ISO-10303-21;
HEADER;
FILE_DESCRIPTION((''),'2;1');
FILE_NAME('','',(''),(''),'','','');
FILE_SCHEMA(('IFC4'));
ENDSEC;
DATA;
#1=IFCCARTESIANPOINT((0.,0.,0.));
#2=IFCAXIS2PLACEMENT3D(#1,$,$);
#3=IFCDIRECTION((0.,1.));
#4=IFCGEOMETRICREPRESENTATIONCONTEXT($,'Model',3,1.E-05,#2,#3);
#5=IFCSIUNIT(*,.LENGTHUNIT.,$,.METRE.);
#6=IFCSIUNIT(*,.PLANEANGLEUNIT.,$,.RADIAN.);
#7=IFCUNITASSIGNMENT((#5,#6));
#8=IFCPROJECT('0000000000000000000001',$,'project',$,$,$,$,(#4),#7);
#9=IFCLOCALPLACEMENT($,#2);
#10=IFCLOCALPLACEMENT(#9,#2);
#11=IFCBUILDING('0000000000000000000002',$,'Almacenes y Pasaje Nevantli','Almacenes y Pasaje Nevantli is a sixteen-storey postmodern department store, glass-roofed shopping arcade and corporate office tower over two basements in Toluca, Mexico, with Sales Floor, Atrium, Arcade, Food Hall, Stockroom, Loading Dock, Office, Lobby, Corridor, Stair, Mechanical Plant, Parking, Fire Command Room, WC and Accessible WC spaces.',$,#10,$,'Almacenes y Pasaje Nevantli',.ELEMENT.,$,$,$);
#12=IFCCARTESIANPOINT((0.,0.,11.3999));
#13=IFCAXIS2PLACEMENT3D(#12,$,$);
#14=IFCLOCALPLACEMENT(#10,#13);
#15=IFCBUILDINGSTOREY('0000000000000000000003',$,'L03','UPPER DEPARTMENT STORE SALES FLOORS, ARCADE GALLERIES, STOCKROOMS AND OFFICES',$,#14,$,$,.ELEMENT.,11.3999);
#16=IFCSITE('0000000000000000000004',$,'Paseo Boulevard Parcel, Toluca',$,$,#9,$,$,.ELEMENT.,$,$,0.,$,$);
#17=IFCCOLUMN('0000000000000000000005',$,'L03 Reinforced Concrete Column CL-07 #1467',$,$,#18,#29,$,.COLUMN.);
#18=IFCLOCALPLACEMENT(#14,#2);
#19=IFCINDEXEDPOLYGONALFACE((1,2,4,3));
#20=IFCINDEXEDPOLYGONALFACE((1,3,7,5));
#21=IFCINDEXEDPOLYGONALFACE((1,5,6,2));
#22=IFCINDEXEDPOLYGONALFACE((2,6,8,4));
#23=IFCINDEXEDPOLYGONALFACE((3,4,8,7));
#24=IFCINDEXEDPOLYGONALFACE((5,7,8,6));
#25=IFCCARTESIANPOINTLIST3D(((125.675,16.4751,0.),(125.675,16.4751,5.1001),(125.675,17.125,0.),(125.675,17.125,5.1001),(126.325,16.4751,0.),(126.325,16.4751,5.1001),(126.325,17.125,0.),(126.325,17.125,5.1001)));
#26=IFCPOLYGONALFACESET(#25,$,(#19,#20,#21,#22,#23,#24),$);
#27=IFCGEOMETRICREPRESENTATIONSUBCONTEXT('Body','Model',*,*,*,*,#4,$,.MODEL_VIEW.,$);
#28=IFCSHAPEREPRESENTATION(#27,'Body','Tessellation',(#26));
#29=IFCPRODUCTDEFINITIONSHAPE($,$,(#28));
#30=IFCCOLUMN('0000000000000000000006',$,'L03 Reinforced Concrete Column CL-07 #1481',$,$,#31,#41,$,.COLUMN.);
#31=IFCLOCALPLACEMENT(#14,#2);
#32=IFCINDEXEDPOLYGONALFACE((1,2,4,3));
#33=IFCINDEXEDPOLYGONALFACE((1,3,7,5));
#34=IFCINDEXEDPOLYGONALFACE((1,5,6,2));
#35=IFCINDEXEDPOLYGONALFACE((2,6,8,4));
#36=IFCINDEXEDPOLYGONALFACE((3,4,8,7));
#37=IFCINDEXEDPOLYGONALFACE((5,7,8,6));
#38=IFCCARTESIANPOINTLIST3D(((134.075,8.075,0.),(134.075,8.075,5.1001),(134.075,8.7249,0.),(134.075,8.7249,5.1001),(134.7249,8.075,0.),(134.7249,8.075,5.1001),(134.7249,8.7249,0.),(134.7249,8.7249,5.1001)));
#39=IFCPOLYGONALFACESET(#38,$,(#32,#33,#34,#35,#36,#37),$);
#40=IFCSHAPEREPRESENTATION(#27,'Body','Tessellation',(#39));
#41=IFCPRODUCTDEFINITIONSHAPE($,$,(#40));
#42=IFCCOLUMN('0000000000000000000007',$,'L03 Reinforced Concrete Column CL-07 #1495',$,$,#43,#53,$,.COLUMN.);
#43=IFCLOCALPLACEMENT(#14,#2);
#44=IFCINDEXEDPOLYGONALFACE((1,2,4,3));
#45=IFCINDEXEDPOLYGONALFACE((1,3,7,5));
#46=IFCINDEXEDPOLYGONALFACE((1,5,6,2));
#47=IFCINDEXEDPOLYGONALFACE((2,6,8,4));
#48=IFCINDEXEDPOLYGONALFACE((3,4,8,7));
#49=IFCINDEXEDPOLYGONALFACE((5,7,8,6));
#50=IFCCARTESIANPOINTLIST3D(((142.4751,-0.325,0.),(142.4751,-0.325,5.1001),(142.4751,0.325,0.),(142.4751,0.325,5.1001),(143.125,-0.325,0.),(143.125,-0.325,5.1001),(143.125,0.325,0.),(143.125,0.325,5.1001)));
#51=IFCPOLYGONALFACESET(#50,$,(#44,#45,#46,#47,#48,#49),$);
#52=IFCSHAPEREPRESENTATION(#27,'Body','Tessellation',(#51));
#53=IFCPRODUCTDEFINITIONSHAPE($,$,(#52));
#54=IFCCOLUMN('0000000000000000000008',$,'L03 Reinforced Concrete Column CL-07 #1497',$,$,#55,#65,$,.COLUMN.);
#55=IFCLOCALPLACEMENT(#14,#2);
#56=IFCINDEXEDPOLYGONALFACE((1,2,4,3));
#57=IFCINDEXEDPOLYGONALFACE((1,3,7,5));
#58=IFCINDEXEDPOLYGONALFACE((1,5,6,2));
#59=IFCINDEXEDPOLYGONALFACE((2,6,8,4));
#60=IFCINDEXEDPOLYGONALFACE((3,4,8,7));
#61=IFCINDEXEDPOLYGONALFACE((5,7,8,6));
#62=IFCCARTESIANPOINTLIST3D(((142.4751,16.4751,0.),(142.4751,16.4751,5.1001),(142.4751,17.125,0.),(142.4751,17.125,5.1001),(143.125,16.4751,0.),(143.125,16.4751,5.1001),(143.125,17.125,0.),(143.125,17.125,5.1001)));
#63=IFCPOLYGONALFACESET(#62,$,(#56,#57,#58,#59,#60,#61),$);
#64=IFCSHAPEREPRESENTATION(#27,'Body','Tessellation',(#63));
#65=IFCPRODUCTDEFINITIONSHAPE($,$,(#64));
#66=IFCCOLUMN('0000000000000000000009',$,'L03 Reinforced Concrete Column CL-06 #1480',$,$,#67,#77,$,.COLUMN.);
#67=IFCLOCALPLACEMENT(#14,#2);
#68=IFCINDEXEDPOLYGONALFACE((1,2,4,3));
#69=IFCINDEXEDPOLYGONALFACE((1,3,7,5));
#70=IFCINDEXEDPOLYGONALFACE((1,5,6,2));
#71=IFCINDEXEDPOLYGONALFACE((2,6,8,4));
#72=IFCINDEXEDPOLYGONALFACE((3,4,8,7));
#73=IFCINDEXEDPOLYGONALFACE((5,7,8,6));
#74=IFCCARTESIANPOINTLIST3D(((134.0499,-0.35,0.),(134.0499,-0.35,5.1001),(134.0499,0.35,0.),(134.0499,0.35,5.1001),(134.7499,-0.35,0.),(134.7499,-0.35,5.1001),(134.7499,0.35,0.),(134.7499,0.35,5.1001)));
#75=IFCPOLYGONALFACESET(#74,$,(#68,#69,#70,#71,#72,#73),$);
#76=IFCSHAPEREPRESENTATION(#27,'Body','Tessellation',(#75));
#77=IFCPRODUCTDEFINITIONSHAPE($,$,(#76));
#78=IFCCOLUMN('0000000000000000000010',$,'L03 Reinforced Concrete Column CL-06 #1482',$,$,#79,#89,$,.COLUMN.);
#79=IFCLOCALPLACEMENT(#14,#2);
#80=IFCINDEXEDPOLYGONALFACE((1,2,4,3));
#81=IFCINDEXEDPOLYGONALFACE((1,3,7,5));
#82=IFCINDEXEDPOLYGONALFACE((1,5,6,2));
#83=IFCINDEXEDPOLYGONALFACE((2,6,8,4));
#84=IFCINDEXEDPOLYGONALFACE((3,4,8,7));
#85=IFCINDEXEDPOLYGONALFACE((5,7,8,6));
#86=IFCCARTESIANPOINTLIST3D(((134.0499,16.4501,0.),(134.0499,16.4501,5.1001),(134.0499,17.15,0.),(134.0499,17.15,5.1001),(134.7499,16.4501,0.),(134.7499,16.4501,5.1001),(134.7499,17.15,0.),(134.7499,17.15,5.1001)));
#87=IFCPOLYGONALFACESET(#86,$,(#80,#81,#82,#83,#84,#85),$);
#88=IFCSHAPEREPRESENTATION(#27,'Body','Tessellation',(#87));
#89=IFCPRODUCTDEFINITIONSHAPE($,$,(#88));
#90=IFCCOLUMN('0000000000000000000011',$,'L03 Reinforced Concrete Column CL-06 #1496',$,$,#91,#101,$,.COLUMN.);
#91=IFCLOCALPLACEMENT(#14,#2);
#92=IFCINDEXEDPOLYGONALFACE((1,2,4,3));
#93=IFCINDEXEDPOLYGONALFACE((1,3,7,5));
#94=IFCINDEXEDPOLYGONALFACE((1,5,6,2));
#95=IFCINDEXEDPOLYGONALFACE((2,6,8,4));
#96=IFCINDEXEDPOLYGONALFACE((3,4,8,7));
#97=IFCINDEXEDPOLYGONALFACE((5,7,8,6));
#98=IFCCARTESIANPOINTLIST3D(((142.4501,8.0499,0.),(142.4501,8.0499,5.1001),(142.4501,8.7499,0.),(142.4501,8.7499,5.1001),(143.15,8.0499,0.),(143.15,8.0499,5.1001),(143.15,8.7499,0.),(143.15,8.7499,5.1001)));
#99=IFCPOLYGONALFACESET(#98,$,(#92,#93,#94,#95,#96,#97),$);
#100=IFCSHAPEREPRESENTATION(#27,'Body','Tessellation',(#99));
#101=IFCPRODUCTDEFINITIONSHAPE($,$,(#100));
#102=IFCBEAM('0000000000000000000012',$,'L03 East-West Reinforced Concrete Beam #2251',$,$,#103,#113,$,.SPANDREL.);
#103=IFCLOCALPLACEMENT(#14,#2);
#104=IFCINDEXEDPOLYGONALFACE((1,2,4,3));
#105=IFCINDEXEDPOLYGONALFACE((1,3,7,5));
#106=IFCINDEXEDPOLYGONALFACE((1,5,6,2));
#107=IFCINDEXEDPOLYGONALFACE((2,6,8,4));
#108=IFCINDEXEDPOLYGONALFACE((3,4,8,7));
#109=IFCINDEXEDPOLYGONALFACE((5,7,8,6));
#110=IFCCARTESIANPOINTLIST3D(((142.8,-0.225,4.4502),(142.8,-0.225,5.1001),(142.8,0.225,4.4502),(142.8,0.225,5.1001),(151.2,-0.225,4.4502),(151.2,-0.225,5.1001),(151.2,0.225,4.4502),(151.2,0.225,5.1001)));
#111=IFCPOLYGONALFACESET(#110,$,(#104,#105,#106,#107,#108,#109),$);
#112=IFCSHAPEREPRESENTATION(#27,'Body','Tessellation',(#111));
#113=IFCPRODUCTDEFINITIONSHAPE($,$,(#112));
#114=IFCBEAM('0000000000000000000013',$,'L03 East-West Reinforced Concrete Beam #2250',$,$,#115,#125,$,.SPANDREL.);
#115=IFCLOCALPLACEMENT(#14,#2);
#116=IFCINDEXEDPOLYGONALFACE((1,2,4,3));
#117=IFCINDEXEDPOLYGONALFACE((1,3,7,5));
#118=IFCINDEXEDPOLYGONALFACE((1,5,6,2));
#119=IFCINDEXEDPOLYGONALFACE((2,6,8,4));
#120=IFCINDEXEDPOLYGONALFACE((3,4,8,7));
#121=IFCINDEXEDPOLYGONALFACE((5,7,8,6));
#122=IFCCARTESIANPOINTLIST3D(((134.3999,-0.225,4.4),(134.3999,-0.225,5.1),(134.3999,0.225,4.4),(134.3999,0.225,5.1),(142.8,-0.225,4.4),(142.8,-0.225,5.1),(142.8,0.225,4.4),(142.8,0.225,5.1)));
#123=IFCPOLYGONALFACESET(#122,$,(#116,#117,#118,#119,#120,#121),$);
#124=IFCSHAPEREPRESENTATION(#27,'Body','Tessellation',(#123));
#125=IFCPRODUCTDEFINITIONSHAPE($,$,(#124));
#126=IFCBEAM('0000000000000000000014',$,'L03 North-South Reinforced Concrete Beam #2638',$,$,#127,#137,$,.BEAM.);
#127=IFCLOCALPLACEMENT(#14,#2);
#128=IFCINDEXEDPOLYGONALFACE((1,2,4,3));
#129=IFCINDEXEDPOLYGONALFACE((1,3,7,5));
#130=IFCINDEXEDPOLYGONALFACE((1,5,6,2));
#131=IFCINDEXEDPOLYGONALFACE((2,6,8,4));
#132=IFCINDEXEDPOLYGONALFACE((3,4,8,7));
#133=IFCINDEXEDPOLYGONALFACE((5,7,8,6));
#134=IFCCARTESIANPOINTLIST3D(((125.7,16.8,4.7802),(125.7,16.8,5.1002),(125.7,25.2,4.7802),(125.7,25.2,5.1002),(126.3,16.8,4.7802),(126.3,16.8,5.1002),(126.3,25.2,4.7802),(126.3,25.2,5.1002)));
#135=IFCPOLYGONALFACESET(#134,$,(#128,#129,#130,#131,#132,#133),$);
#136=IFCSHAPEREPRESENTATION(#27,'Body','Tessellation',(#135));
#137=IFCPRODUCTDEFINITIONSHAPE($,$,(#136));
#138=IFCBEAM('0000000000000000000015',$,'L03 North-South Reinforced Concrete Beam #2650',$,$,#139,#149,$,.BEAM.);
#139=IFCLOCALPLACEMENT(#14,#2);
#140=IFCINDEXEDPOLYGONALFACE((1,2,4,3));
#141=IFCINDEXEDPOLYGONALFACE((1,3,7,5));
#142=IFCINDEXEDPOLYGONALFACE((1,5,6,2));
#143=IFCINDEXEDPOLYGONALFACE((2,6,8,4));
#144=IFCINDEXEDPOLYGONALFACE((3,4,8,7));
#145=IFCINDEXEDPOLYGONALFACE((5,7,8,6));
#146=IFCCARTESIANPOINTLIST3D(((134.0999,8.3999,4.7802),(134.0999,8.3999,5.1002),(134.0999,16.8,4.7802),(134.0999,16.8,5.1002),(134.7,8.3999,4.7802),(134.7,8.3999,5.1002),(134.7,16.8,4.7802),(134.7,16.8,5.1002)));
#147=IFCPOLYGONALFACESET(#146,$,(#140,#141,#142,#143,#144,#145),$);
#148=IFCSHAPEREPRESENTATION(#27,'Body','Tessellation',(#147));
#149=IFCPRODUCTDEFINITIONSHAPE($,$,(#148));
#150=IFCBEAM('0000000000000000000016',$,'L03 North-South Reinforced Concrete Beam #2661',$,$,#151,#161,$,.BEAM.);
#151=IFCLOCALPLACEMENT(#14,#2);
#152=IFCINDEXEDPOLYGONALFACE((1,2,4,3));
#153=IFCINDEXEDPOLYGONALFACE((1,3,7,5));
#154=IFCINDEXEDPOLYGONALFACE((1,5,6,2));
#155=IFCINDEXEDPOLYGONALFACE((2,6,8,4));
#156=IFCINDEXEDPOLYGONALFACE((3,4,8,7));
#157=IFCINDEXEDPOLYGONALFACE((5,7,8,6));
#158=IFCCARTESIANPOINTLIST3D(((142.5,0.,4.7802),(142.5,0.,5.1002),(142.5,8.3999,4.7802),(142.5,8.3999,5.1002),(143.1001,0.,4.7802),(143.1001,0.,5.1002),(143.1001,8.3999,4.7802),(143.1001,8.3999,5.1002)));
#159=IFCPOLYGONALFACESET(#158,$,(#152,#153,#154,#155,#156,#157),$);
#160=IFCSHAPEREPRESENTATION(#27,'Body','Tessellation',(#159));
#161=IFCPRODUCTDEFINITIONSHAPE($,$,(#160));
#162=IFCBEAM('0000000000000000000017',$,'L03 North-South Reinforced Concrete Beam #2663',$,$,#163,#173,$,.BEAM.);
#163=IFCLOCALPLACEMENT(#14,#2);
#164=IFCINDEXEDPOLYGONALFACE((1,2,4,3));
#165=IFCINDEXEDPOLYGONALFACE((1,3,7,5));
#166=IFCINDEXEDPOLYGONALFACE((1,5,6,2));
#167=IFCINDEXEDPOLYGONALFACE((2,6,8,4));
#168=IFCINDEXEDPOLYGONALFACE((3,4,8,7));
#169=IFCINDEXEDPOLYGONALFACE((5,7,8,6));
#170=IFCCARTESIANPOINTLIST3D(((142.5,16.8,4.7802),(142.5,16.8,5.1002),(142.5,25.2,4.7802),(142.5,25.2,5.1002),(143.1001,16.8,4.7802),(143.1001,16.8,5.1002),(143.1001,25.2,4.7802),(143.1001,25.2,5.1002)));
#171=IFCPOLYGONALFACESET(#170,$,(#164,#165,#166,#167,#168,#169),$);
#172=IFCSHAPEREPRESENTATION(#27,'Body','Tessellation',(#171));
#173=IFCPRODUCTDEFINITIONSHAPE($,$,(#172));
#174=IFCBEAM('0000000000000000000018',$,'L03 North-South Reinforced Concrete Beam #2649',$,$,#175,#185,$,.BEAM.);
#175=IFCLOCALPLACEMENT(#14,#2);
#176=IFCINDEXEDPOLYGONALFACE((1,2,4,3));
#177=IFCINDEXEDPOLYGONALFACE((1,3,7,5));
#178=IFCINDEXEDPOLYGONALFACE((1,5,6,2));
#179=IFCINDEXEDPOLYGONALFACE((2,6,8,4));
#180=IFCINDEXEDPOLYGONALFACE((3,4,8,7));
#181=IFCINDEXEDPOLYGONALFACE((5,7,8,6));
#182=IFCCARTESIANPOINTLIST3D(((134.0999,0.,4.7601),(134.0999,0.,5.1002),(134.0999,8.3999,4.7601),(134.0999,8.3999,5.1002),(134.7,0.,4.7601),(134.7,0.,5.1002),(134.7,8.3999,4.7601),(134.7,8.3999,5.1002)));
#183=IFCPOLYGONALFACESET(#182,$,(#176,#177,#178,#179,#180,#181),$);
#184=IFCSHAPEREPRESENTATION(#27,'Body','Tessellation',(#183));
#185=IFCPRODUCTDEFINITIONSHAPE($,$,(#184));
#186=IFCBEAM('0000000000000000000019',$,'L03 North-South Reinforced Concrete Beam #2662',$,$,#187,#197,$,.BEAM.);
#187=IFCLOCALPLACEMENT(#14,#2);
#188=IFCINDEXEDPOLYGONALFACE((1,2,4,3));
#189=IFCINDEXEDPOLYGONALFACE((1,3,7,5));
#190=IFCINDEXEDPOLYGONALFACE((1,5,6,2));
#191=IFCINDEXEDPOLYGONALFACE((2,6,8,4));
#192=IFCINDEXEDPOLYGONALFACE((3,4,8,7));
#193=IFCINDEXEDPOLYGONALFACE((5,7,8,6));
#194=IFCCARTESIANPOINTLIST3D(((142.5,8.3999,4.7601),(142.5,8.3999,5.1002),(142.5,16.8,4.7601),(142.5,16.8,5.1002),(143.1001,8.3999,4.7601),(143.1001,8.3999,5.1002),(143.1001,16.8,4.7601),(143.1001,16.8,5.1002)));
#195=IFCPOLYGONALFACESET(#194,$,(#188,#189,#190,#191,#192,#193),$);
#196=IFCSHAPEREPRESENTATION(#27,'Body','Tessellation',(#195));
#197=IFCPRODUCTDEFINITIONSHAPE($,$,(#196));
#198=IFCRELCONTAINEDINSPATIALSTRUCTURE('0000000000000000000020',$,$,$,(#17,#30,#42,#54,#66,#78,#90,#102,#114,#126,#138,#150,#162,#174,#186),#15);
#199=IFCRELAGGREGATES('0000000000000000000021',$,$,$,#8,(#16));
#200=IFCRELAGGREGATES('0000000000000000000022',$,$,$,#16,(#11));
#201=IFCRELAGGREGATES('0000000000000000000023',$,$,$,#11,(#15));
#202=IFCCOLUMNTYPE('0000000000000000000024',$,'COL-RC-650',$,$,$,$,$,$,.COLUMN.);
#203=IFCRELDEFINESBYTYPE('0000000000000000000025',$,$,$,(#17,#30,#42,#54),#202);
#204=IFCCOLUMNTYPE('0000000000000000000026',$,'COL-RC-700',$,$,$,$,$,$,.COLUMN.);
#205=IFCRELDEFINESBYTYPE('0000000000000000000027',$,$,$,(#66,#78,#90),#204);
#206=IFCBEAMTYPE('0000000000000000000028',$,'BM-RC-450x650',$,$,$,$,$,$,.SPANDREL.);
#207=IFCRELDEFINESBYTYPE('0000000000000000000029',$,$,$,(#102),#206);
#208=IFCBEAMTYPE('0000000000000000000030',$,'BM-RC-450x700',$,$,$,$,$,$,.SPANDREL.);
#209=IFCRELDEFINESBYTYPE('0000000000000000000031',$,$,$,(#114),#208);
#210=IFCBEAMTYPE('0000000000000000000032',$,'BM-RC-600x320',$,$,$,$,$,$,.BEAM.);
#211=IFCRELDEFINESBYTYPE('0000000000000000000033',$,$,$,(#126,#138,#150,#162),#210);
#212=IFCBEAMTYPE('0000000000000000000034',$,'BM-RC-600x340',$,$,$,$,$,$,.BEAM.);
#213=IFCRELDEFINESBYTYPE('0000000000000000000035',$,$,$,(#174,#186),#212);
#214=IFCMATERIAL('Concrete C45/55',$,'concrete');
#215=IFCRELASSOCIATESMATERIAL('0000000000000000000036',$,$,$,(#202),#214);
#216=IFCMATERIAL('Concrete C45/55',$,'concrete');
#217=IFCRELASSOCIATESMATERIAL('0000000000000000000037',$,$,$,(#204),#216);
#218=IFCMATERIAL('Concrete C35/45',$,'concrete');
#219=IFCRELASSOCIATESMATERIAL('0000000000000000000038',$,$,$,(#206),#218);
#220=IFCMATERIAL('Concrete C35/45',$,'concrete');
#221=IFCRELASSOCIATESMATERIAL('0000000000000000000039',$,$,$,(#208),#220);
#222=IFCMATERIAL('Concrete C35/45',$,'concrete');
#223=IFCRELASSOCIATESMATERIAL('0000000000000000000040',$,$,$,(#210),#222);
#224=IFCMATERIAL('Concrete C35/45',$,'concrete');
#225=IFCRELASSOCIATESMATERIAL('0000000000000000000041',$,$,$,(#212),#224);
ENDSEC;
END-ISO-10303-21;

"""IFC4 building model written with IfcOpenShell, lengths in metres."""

from ifc_helpers import new_model, si_unit, direction, frame, origin, origin_2d, place, context, subcontext, project, spatial, rectangle, extrude, material, material_profile, profile_set, type_object, element, save


model = new_model("IFC4")

# Units and contexts
model_context = context("Model", 3, precision=1e-05, world=origin(), true_north=direction((0.0, 1.0)))
body_context = subcontext(model_context, "Body", "Model", "MODEL_VIEW")
ifc_project = project(units=[si_unit("LENGTHUNIT", "METRE"), si_unit("PLANEANGLEUNIT", "RADIAN")], contexts=[model_context])

# Site, building, storey
site_placement = place(None, origin())
site = spatial("IfcSite", under=ifc_project, at=site_placement, Name="Paseo Boulevard Parcel, Toluca", CompositionType="ELEMENT", RefElevation=0.0)
building_placement = place(site_placement, origin())
building = spatial("IfcBuilding", under=site, at=building_placement, Name="Almacenes y Pasaje Nevantli", Description="Almacenes y Pasaje Nevantli is a sixteen-storey postmodern department store, glass-roofed shopping arcade and corporate office tower over two basements in Toluca, Mexico, with Sales Floor, Atrium, Arcade, Food Hall, Stockroom, Loading Dock, Office, Lobby, Corridor, Stair, Mechanical Plant, Parking, Fire Command Room, WC and Accessible WC spaces.", LongName="Almacenes y Pasaje Nevantli", CompositionType="ELEMENT")
storey_placement = place(building_placement, frame((0.0, 0.0, 11.3999)))
storey = spatial("IfcBuildingStorey", under=building, at=storey_placement, Name="L03", Description="UPPER DEPARTMENT STORE SALES FLOORS, ARCADE GALLERIES, STOCKROOMS AND OFFICES", CompositionType="ELEMENT", Elevation=11.3999)

# Columns
ifc_material_1 = material(Name="Concrete C45/55", Category="concrete")
ifc_material_profile_1 = material_profile(ifc_material_1, rectangle(XDim=0.6499, YDim=0.6499, at=origin_2d()), Name="RC-COL-650x650")
ifc_profile_set_1 = profile_set([ifc_material_profile_1], Name="Concrete C45/55")
column_type_1 = type_object("IfcColumnType", Name="COL-RC-650", PredefinedType="COLUMN", material=ifc_profile_set_1)
for number, where, z_axis, x_axis, name in (
    (1, (126.0, 16.8, 0.0), (0.0, 0.0, 1.0), (1.0, 0.0, 0.0), "L03 Reinforced Concrete Column CL-07 #1467"),
    (2, (134.3999, 8.3999, 0.0), (0.0, 0.0, 1.0), (1.0, 0.0, 0.0), "L03 Reinforced Concrete Column CL-07 #1481"),
    (3, (142.8, 0.0, 0.0), (0.0, 0.0, 1.0), (1.0, 0.0, 0.0), "L03 Reinforced Concrete Column CL-07 #1495"),
    (4, (142.8, 16.8, 0.0), (0.0, 0.0, 1.0), (1.0, 0.0, 0.0), "L03 Reinforced Concrete Column CL-07 #1497"),
):
    element("IfcColumn", number, at=place(storey_placement, frame(where, z_axis=z_axis, x_axis=x_axis)), inside=storey, type_object=column_type_1, Name=name, PredefinedType="COLUMN", context=body_context, shape_type="SweptSolid", body=[
        extrude(rectangle(XDim=0.6499, YDim=0.6499, at=origin_2d()), origin(), (0.0, 0.0, 1.0), 5.1001),
    ])
ifc_material_2 = material(Name="Concrete C45/55", Category="concrete")
ifc_material_profile_2 = material_profile(ifc_material_2, rectangle(XDim=0.7, YDim=0.7, at=origin_2d()), Name="RC-COL-700x700")
ifc_profile_set_2 = profile_set([ifc_material_profile_2], Name="Concrete C45/55")
column_type_2 = type_object("IfcColumnType", Name="COL-RC-700", PredefinedType="COLUMN", material=ifc_profile_set_2)
for number, where, z_axis, x_axis, name in (
    (5, (134.3999, 0.0, 0.0), (0.0, 0.0, 1.0), (1.0, 0.0, 0.0), "L03 Reinforced Concrete Column CL-06 #1480"),
    (6, (134.3999, 16.8, 0.0), (0.0, 0.0, 1.0), (1.0, 0.0, 0.0), "L03 Reinforced Concrete Column CL-06 #1482"),
    (7, (142.8, 8.3999, 0.0), (0.0, 0.0, 1.0), (1.0, 0.0, 0.0), "L03 Reinforced Concrete Column CL-06 #1496"),
):
    element("IfcColumn", number, at=place(storey_placement, frame(where, z_axis=z_axis, x_axis=x_axis)), inside=storey, type_object=column_type_2, Name=name, PredefinedType="COLUMN", context=body_context, shape_type="SweptSolid", body=[
        extrude(rectangle(XDim=0.7, YDim=0.7, at=origin_2d()), origin(), (0.0, 0.0, 1.0), 5.1001),
    ])

# Beams
ifc_material_3 = material(Name="Concrete C35/45", Category="concrete")
ifc_material_profile_3 = material_profile(ifc_material_3, rectangle(XDim=0.45, YDim=0.6499, at=origin_2d()), Name="RC-BM-450x650")
ifc_profile_set_3 = profile_set([ifc_material_profile_3], Name="Concrete C35/45")
beam_type_1 = type_object("IfcBeamType", Name="BM-RC-450x650", PredefinedType="SPANDREL", material=ifc_profile_set_3)
beam_1_placement = place(storey_placement, frame((142.8, 0.0, 4.7751), z_axis=(1.0, 0.0, 0.0), x_axis=(0.0, 1.0, 0.0)))
element("IfcBeam", 8, at=beam_1_placement, inside=storey, type_object=beam_type_1, Name="L03 East-West Reinforced Concrete Beam #2251", PredefinedType="SPANDREL", context=body_context, shape_type="SweptSolid", body=[
    extrude(rectangle(XDim=0.45, YDim=0.6499, at=origin_2d()), origin(), (0.0, 0.0, 1.0), 8.3999),
])
ifc_material_4 = material(Name="Concrete C35/45", Category="concrete")
ifc_material_profile_4 = material_profile(ifc_material_4, rectangle(XDim=0.45, YDim=0.7, at=origin_2d()), Name="RC-BM-450x700")
ifc_profile_set_4 = profile_set([ifc_material_profile_4], Name="Concrete C35/45")
beam_type_2 = type_object("IfcBeamType", Name="BM-RC-450x700", PredefinedType="SPANDREL", material=ifc_profile_set_4)
beam_2_placement = place(storey_placement, frame((134.3999, 0.0, 4.75), z_axis=(1.0, 0.0, 0.0), x_axis=(0.0, 1.0, 0.0)))
element("IfcBeam", 9, at=beam_2_placement, inside=storey, type_object=beam_type_2, Name="L03 East-West Reinforced Concrete Beam #2250", PredefinedType="SPANDREL", context=body_context, shape_type="SweptSolid", body=[
    extrude(rectangle(XDim=0.45, YDim=0.7, at=origin_2d()), origin(), (0.0, 0.0, 1.0), 8.4001),
])
ifc_material_5 = material(Name="Concrete C35/45", Category="concrete")
ifc_material_profile_5 = material_profile(ifc_material_5, rectangle(XDim=0.6001, YDim=0.3201, at=origin_2d()), Name="RC-BM-600x320")
ifc_profile_set_5 = profile_set([ifc_material_profile_5], Name="Concrete C35/45")
beam_type_3 = type_object("IfcBeamType", Name="BM-RC-600x320", PredefinedType="BEAM", material=ifc_profile_set_5)
beam_3_placement = place(storey_placement, frame((126.0, 16.8, 4.9402), z_axis=(0.0, 1.0, 0.0), x_axis=(-1.0, 0.0, 0.0)))
element("IfcBeam", 10, at=beam_3_placement, inside=storey, type_object=beam_type_3, Name="L03 North-South Reinforced Concrete Beam #2638", PredefinedType="BEAM", context=body_context, shape_type="SweptSolid", body=[
    extrude(rectangle(XDim=0.6001, YDim=0.3201, at=origin_2d()), origin(), (0.0, 0.0, 1.0), 8.3999),
])
beam_4_placement = place(storey_placement, frame((134.3999, 8.3999, 4.9402), z_axis=(0.0, 1.0, 0.0), x_axis=(-1.0, 0.0, 0.0)))
element("IfcBeam", 11, at=beam_4_placement, inside=storey, type_object=beam_type_3, Name="L03 North-South Reinforced Concrete Beam #2650", PredefinedType="BEAM", context=body_context, shape_type="SweptSolid", body=[
    extrude(rectangle(XDim=0.6001, YDim=0.3201, at=origin_2d()), origin(), (0.0, 0.0, 1.0), 8.4001),
])
for number, where, z_axis, x_axis, name in (
    (12, (142.8, 0.0, 4.9402), (0.0, 1.0, 0.0), (-1.0, 0.0, 0.0), "L03 North-South Reinforced Concrete Beam #2661"),
    (13, (142.8, 16.8, 4.9402), (0.0, 1.0, 0.0), (-1.0, 0.0, 0.0), "L03 North-South Reinforced Concrete Beam #2663"),
):
    element("IfcBeam", number, at=place(storey_placement, frame(where, z_axis=z_axis, x_axis=x_axis)), inside=storey, type_object=beam_type_3, Name=name, PredefinedType="BEAM", context=body_context, shape_type="SweptSolid", body=[
        extrude(rectangle(XDim=0.6001, YDim=0.3201, at=origin_2d()), origin(), (0.0, 0.0, 1.0), 8.3999),
    ])
ifc_material_6 = material(Name="Concrete C35/45", Category="concrete")
ifc_material_profile_6 = material_profile(ifc_material_6, rectangle(XDim=0.6001, YDim=0.3401, at=origin_2d()), Name="RC-BM-600x340")
ifc_profile_set_6 = profile_set([ifc_material_profile_6], Name="Concrete C35/45")
beam_type_4 = type_object("IfcBeamType", Name="BM-RC-600x340", PredefinedType="BEAM", material=ifc_profile_set_6)
beam_5_placement = place(storey_placement, frame((134.3999, 0.0, 4.9302), z_axis=(0.0, 1.0, 0.0), x_axis=(-1.0, 0.0, 0.0)))
element("IfcBeam", 14, at=beam_5_placement, inside=storey, type_object=beam_type_4, Name="L03 North-South Reinforced Concrete Beam #2649", PredefinedType="BEAM", context=body_context, shape_type="SweptSolid", body=[
    extrude(rectangle(XDim=0.6001, YDim=0.3401, at=origin_2d()), origin(), (0.0, 0.0, 1.0), 8.3999),
])
beam_6_placement = place(storey_placement, frame((142.8, 8.3999, 4.9302), z_axis=(0.0, 1.0, 0.0), x_axis=(-1.0, 0.0, 0.0)))
element("IfcBeam", 15, at=beam_6_placement, inside=storey, type_object=beam_type_4, Name="L03 North-South Reinforced Concrete Beam #2662", PredefinedType="BEAM", context=body_context, shape_type="SweptSolid", body=[
    extrude(rectangle(XDim=0.6001, YDim=0.3401, at=origin_2d()), origin(), (0.0, 0.0, 1.0), 8.4001),
])

save(model, "model.ifc")
